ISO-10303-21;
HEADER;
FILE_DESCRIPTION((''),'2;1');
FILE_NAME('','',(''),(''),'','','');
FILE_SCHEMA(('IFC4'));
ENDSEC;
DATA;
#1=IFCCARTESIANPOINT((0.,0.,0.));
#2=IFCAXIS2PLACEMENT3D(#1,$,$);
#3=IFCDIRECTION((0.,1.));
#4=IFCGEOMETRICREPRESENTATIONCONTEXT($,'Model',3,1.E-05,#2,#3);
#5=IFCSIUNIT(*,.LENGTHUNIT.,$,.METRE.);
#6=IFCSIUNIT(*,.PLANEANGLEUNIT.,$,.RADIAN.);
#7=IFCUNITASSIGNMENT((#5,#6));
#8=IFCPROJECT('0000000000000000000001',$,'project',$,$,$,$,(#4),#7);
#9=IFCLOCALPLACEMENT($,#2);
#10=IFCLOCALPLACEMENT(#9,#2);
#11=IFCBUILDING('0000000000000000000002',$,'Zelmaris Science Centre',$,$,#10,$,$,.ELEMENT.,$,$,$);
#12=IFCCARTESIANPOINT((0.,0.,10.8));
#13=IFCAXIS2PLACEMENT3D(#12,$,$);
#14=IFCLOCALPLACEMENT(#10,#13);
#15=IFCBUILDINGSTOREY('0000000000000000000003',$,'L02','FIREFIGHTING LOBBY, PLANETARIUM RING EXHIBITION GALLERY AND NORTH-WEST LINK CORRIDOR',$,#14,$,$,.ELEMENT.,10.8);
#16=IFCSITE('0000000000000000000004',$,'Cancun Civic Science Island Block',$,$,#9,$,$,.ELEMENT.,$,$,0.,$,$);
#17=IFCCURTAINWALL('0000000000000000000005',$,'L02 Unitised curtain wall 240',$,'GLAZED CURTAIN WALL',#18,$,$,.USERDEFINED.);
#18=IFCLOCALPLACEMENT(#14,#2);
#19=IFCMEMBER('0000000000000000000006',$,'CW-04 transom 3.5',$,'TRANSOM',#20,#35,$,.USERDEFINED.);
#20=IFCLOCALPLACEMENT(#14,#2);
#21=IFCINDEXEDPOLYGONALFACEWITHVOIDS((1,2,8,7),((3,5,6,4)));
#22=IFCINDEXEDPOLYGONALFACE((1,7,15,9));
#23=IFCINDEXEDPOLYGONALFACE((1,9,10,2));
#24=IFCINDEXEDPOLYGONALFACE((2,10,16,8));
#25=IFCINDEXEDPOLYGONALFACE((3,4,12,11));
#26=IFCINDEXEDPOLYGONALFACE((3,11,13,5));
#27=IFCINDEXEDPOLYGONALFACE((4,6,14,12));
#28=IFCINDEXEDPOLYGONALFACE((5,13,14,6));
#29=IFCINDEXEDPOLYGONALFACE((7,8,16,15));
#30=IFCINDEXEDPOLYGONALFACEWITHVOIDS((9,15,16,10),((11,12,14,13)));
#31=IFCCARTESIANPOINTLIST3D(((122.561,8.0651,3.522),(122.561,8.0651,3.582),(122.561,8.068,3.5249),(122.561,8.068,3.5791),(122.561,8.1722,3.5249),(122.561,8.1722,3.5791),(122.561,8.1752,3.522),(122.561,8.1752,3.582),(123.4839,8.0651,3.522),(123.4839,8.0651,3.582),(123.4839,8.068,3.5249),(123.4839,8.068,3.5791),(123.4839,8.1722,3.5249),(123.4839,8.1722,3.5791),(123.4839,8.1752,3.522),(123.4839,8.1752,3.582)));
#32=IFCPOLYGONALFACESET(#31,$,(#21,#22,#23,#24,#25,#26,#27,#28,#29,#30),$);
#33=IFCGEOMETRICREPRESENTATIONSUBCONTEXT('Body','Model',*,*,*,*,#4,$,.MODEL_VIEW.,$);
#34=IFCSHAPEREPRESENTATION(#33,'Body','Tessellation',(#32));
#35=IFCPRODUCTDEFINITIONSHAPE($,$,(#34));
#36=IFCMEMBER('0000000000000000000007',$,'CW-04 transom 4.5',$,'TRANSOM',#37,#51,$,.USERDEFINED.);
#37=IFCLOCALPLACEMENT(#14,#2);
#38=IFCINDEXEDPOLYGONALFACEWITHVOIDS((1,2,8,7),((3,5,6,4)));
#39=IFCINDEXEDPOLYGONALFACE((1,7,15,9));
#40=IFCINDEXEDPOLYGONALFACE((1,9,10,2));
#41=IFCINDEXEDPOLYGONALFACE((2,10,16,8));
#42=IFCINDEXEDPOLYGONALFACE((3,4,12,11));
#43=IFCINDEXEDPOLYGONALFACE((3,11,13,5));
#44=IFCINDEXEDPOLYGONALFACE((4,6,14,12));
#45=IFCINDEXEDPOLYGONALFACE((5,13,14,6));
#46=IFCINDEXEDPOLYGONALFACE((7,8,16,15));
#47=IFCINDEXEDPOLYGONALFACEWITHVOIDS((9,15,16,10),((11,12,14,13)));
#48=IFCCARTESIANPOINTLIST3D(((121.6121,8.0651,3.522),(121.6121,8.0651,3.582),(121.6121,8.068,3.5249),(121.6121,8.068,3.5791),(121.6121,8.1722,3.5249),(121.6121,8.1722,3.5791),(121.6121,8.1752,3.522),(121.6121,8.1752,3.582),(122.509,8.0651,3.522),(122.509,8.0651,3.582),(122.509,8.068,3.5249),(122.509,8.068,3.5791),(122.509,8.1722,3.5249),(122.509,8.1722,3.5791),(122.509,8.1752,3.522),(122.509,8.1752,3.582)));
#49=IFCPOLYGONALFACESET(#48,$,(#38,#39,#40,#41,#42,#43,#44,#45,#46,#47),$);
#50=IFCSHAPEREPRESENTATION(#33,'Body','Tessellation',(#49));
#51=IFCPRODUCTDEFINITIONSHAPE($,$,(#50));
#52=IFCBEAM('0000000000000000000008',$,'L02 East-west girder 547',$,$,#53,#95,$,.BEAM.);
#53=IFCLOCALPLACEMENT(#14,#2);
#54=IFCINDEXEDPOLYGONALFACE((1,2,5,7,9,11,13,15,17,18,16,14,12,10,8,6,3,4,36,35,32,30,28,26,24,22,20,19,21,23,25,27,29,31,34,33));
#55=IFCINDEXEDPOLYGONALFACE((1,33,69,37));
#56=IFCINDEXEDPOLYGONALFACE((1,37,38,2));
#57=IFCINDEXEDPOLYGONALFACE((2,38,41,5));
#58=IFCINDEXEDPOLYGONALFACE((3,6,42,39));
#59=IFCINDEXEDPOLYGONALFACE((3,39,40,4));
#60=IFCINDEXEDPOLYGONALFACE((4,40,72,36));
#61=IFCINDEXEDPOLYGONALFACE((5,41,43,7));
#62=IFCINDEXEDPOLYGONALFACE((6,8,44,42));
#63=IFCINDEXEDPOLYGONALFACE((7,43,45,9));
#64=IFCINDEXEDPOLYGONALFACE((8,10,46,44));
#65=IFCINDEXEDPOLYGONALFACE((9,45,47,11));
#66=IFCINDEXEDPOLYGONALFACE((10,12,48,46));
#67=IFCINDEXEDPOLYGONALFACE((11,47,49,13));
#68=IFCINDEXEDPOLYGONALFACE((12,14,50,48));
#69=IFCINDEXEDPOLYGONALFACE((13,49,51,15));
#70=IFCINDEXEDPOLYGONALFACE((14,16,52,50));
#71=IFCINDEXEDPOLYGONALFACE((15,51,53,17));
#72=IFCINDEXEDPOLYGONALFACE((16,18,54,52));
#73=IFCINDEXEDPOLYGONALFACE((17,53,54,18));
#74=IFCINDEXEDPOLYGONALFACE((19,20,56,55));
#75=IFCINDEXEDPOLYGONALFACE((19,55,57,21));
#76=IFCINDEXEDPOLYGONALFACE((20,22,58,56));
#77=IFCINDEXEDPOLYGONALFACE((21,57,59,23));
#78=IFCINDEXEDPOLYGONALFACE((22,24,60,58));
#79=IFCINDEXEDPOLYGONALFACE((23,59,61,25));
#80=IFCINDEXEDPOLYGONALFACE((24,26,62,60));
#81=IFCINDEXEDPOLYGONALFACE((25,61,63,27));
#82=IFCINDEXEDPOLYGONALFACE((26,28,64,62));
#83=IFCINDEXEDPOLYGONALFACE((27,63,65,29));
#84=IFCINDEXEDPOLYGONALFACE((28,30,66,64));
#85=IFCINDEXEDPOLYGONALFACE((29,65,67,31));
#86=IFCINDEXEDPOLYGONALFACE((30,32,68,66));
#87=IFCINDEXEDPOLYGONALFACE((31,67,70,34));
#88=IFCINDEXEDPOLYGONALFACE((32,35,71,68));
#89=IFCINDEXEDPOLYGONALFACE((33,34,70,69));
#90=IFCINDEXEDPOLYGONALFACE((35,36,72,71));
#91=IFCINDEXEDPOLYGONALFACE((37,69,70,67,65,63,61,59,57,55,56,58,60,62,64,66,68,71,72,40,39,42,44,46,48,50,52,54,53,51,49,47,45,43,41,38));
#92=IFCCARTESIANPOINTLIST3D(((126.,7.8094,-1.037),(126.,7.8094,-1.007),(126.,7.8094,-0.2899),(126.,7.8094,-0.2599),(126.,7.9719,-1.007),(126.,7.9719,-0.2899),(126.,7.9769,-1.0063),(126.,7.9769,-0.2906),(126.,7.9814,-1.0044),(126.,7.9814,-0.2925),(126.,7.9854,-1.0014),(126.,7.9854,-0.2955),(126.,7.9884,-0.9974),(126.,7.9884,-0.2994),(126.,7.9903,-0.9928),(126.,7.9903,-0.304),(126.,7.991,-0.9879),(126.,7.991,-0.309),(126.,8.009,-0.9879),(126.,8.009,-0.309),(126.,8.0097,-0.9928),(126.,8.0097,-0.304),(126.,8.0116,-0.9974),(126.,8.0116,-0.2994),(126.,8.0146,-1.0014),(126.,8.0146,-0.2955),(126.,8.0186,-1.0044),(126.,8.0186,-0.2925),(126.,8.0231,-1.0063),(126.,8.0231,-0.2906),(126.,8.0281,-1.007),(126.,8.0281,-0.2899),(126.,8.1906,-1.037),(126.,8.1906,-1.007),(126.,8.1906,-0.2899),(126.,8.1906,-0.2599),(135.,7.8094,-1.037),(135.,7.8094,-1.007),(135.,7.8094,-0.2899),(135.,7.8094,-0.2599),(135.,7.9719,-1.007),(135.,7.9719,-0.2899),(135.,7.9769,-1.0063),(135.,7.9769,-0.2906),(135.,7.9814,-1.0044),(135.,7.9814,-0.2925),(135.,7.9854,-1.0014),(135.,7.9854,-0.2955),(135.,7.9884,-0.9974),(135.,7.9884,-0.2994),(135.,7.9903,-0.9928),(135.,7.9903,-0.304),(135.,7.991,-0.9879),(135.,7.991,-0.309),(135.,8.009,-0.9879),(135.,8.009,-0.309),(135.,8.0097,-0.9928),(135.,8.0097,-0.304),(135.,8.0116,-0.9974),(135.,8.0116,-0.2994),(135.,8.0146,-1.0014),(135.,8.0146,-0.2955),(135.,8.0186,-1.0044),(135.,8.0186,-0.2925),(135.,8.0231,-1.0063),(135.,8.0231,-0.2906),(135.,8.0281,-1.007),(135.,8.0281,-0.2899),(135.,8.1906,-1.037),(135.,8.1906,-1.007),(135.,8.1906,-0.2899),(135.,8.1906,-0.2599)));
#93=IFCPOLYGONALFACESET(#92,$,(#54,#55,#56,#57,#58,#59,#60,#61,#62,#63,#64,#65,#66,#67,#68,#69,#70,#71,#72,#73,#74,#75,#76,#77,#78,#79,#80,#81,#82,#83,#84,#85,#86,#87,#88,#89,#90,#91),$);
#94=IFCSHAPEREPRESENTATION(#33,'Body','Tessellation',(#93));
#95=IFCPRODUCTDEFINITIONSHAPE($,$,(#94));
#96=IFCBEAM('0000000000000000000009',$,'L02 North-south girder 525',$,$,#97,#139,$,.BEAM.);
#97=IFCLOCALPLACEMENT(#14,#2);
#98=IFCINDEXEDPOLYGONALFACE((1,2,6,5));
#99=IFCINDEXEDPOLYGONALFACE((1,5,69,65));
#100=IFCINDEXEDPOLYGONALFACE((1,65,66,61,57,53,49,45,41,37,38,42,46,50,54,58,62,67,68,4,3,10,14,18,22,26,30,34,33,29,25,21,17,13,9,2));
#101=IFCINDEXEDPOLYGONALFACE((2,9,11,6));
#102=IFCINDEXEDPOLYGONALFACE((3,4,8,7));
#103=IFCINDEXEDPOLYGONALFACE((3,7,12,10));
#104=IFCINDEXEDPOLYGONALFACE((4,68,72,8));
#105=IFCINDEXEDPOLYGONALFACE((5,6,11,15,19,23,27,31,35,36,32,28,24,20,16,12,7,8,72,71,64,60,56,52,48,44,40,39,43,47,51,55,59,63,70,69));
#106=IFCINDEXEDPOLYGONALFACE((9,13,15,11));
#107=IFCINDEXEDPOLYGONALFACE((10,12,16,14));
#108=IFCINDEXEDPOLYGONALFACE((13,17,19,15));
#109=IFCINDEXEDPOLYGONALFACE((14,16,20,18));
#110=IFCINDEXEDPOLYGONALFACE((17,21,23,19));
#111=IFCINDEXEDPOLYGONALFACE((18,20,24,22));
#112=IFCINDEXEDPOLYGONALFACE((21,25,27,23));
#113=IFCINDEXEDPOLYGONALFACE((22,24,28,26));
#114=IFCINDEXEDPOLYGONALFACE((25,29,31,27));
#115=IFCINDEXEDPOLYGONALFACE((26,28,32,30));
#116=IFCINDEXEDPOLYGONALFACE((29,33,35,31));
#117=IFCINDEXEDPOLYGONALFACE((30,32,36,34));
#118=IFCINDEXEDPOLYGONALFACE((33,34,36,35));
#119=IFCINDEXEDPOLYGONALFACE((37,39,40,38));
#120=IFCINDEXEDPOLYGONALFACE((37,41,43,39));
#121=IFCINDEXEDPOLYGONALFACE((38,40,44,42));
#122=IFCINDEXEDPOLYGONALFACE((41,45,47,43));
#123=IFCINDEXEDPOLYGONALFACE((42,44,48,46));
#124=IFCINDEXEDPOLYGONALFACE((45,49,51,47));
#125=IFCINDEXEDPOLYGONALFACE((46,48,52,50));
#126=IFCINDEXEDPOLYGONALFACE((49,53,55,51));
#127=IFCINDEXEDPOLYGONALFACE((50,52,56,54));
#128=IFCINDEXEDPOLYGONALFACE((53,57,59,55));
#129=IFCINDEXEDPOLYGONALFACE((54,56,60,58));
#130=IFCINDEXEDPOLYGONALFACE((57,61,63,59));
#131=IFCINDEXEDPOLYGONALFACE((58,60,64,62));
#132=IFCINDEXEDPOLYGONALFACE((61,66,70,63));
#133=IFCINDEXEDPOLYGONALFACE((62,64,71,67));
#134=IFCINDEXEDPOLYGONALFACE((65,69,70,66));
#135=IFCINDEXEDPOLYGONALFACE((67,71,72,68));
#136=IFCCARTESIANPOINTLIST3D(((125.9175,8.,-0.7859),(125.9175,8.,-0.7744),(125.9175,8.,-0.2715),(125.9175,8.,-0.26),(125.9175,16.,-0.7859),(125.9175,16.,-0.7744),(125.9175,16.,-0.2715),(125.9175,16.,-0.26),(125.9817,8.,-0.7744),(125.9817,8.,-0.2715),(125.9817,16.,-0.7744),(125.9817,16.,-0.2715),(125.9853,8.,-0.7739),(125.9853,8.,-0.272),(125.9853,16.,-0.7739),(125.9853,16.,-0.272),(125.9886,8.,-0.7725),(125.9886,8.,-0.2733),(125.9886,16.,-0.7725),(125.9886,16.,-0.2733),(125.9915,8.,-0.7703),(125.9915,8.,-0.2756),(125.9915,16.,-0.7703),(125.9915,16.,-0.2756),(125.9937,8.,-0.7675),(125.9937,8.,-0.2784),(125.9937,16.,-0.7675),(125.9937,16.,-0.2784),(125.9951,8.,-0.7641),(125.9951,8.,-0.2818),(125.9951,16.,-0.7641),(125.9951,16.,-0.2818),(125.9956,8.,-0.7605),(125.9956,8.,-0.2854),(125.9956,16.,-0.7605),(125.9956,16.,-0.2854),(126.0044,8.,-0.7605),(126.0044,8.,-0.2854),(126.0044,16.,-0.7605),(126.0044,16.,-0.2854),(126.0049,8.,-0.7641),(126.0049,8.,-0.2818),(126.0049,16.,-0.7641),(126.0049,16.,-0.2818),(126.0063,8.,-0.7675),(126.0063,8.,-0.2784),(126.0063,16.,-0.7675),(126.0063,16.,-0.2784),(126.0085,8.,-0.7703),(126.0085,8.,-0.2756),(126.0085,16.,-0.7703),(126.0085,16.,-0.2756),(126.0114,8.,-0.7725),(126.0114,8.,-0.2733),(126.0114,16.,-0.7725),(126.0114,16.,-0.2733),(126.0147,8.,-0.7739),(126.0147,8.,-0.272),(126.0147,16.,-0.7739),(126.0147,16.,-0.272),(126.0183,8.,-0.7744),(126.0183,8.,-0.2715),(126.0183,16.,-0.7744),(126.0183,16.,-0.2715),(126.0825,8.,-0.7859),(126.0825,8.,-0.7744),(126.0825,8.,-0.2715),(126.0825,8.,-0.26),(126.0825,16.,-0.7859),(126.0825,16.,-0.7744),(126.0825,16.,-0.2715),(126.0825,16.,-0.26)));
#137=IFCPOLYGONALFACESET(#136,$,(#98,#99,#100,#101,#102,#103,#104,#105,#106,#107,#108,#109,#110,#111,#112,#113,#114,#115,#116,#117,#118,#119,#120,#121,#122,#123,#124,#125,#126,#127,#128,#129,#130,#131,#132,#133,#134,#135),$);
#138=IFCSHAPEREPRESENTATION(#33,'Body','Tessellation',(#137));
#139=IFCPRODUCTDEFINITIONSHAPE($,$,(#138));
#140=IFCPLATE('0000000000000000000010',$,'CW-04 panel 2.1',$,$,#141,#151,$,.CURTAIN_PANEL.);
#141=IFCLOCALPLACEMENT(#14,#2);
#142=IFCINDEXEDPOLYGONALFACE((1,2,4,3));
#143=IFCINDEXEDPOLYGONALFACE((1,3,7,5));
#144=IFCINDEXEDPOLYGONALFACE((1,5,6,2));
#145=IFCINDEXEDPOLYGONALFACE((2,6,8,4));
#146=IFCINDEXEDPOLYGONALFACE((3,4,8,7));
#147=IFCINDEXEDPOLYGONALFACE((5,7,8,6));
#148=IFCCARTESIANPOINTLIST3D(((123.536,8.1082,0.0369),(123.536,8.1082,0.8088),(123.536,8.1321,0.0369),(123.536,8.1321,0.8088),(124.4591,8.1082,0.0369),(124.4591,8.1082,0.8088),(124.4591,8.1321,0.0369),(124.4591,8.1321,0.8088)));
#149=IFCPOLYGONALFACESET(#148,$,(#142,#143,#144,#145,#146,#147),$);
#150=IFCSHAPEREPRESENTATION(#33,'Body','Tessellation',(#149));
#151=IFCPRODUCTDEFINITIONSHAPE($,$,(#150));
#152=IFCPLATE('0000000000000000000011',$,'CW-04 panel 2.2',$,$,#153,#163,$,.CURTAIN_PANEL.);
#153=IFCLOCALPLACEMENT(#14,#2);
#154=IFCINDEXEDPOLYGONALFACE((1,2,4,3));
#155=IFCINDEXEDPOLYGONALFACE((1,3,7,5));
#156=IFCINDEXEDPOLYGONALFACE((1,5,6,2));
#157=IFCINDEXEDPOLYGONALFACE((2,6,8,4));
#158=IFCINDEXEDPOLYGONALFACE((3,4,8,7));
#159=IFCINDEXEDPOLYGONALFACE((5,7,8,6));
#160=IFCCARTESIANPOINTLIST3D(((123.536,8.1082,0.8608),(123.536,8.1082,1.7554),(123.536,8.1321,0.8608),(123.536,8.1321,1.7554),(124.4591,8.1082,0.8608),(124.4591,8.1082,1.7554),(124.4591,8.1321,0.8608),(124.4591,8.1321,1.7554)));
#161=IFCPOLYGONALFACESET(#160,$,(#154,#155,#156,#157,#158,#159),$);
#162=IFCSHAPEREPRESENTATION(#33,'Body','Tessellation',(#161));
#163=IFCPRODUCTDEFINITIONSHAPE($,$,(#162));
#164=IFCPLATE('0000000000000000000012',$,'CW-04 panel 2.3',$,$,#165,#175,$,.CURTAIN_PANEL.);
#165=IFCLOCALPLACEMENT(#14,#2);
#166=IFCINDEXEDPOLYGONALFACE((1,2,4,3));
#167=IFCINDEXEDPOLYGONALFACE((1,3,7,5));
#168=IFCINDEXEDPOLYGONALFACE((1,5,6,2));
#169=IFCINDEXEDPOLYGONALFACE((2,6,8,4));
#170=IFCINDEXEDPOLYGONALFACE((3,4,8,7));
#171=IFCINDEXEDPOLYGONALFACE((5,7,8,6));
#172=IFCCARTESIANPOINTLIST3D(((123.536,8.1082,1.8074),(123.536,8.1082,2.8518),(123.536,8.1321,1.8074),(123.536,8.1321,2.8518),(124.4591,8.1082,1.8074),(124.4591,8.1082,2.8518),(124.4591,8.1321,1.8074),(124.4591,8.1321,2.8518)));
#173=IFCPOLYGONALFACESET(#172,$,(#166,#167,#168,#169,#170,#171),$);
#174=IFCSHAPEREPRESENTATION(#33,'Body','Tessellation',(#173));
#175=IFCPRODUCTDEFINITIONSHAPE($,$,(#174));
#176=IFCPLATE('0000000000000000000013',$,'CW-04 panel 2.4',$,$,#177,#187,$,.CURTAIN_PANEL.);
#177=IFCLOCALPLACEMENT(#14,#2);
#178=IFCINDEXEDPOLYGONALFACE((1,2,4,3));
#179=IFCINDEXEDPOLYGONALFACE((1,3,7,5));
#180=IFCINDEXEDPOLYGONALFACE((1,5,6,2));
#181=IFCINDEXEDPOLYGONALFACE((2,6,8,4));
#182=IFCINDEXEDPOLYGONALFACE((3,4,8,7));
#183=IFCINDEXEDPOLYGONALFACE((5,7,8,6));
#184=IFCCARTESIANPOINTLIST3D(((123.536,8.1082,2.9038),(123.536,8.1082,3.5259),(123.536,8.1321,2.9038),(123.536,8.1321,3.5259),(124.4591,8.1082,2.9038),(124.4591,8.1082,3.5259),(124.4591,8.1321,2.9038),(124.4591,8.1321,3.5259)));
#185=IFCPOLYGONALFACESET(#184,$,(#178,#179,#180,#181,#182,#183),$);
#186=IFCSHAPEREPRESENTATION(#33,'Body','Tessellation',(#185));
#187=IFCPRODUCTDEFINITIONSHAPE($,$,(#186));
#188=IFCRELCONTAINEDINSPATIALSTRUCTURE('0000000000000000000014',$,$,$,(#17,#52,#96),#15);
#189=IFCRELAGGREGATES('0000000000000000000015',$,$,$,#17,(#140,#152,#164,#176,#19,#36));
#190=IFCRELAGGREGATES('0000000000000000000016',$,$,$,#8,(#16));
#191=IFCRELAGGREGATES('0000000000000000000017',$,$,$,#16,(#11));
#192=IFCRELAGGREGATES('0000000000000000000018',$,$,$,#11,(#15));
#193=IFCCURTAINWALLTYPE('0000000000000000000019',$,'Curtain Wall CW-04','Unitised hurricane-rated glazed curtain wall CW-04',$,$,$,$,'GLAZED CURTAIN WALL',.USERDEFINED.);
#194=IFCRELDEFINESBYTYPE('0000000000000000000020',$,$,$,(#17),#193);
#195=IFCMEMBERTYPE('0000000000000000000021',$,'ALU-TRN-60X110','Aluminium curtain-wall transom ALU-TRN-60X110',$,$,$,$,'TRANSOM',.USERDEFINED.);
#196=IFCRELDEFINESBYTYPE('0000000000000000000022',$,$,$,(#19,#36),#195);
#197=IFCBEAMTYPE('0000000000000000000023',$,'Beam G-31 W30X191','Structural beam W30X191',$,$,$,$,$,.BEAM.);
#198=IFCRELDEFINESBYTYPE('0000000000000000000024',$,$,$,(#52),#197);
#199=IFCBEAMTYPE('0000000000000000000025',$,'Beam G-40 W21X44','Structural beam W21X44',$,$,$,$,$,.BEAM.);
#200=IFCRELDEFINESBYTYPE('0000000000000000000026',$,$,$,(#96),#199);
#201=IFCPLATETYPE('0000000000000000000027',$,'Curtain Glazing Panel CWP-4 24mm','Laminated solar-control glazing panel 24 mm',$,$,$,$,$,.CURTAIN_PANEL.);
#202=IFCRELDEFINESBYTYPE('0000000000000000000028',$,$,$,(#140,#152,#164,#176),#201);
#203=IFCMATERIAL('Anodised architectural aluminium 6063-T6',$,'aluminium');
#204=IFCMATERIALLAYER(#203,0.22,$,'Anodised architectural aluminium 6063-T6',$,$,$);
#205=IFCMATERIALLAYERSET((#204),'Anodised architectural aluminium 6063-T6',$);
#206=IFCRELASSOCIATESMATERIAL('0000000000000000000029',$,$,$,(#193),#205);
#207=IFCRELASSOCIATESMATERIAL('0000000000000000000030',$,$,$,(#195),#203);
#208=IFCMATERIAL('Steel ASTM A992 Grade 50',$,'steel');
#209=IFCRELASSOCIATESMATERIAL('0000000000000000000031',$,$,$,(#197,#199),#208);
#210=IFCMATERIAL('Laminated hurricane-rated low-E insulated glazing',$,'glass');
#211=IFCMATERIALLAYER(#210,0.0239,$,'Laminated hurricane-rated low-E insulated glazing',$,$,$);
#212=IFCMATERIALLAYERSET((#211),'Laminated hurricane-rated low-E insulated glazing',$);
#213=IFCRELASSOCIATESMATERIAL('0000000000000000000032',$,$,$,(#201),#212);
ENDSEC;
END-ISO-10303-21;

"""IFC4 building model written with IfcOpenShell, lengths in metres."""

from ifc_helpers import new_model, si_unit, direction, frame, origin, origin_2d, place, context, subcontext, project, spatial, rectangle, hollow_rectangle, i_section, extrude, material, layer, layer_set, material_profile, profile_set, type_object, element, aggregate, save


model = new_model("IFC4")

# Units and contexts
model_context = context("Model", 3, precision=1e-05, world=origin(), true_north=direction((0.0, 1.0)))
body_context = subcontext(model_context, "Body", "Model", "MODEL_VIEW")
ifc_project = project(units=[si_unit("LENGTHUNIT", "METRE"), si_unit("PLANEANGLEUNIT", "RADIAN")], contexts=[model_context])

# Site, building, storey
site_placement = place(None, origin())
site = spatial("IfcSite", under=ifc_project, at=site_placement, Name="Cancun Civic Science Island Block", CompositionType="ELEMENT", RefElevation=0.0)
building_placement = place(site_placement, origin())
building = spatial("IfcBuilding", under=site, at=building_placement, Name="Zelmaris Science Centre", CompositionType="ELEMENT")
storey_placement = place(building_placement, frame((0.0, 0.0, 10.8)))
storey = spatial("IfcBuildingStorey", under=building, at=storey_placement, Name="L02", Description="FIREFIGHTING LOBBY, PLANETARIUM RING EXHIBITION GALLERY AND NORTH-WEST LINK CORRIDOR", CompositionType="ELEMENT", Elevation=10.8)

# Curtain wall, members
ifc_material_1 = material(Name="Anodised architectural aluminium 6063-T6", Category="aluminium")
ifc_layer_1 = layer(ifc_material_1, 0.22, Name="Anodised architectural aluminium 6063-T6")
ifc_layer_set_1 = layer_set([ifc_layer_1], Name="Anodised architectural aluminium 6063-T6")
curtain_wall_type = type_object("IfcCurtainWallType", Name="Curtain Wall CW-04", Description="Unitised hurricane-rated glazed curtain wall CW-04", ElementType="GLAZED CURTAIN WALL", PredefinedType="USERDEFINED", material=ifc_layer_set_1)
curtain_wall_placement = place(storey_placement, origin())
curtain_wall = element("IfcCurtainWall", 1, at=curtain_wall_placement, inside=storey, type_object=curtain_wall_type, Name="L02 Unitised curtain wall 240", ObjectType="GLAZED CURTAIN WALL", PredefinedType="USERDEFINED")
ifc_material_profile_1 = material_profile(ifc_material_1, hollow_rectangle(XDim=0.0601, YDim=0.1101, WallThickness=0.0029, at=origin_2d()), Name="ALU-TRN-60X110")
ifc_profile_set_1 = profile_set([ifc_material_profile_1], Name="Anodised architectural aluminium 6063-T6")
member_type_1 = type_object("IfcMemberType", Name="ALU-TRN-60X110", Description="Aluminium curtain-wall transom ALU-TRN-60X110", ElementType="TRANSOM", PredefinedType="USERDEFINED", material=ifc_profile_set_1)
member_1_placement = place(storey_placement, frame((123.4839, 8.1201, 3.552), z_axis=(-1.0, 0.0, 0.0), x_axis=(0.0, 0.0, 1.0)))
member_1 = element("IfcMember", 2, at=member_1_placement, type_object=member_type_1, Name="CW-04 transom 3.5", ObjectType="TRANSOM", PredefinedType="USERDEFINED", context=body_context, shape_type="SweptSolid", body=[
    extrude(hollow_rectangle(XDim=0.0601, YDim=0.1101, WallThickness=0.0029, at=origin_2d()), origin(), (0.0, 0.0, 1.0), 0.9229),
])
member_2_placement = place(storey_placement, frame((122.509, 8.1201, 3.552), z_axis=(-1.0, 0.0, 0.0), x_axis=(0.0, 0.0, 1.0)))
member_2 = element("IfcMember", 3, at=member_2_placement, type_object=member_type_1, Name="CW-04 transom 4.5", ObjectType="TRANSOM", PredefinedType="USERDEFINED", context=body_context, shape_type="SweptSolid", body=[
    extrude(hollow_rectangle(XDim=0.0601, YDim=0.1101, WallThickness=0.0029, at=origin_2d()), origin(), (0.0, 0.0, 1.0), 0.897),
])

# Beams
ifc_material_2 = material(Name="Steel ASTM A992 Grade 50", Category="steel")
ifc_material_profile_2 = material_profile(ifc_material_2, i_section(OverallWidth=0.3811, OverallDepth=0.7771, WebThickness=0.0181, FlangeThickness=0.03, FilletRadius=0.019, at=origin_2d()), Name="W30X191")
ifc_profile_set_2 = profile_set([ifc_material_profile_2], Name="Steel ASTM A992 Grade 50")
beam_type_1 = type_object("IfcBeamType", Name="Beam G-31 W30X191", Description="Structural beam W30X191", PredefinedType="BEAM", material=ifc_profile_set_2)
beam_1_placement = place(storey_placement, frame((126.0, 8.0, -0.6484), z_axis=(1.0, 0.0, 0.0), x_axis=(0.0, 1.0, 0.0)))
element("IfcBeam", 4, at=beam_1_placement, inside=storey, type_object=beam_type_1, Name="L02 East-west girder 547", PredefinedType="BEAM", context=body_context, shape_type="SweptSolid", body=[
    extrude(i_section(OverallWidth=0.3811, OverallDepth=0.7771, WebThickness=0.0181, FlangeThickness=0.03, FilletRadius=0.019, at=origin_2d()), origin(), (0.0, 0.0, 1.0), 9.0),
])
ifc_material_profile_3 = material_profile(ifc_material_2, i_section(OverallWidth=0.165, OverallDepth=0.5259, WebThickness=0.0088, FlangeThickness=0.0115, FilletRadius=0.0139, at=origin_2d()), Name="W21X44")
ifc_profile_set_3 = profile_set([ifc_material_profile_3], Name="Steel ASTM A992 Grade 50")
beam_type_2 = type_object("IfcBeamType", Name="Beam G-40 W21X44", Description="Structural beam W21X44", PredefinedType="BEAM", material=ifc_profile_set_3)
beam_2_placement = place(storey_placement, frame((126.0, 8.0, -0.5229), z_axis=(0.0, 1.0, 0.0), x_axis=(-1.0, 0.0, 0.0)))
element("IfcBeam", 5, at=beam_2_placement, inside=storey, type_object=beam_type_2, Name="L02 North-south girder 525", PredefinedType="BEAM", context=body_context, shape_type="SweptSolid", body=[
    extrude(i_section(OverallWidth=0.165, OverallDepth=0.5259, WebThickness=0.0088, FlangeThickness=0.0115, FilletRadius=0.0139, at=origin_2d()), origin(), (0.0, 0.0, 1.0), 8.0),
])

# Plates
ifc_material_3 = material(Name="Laminated hurricane-rated low-E insulated glazing", Category="glass")
ifc_layer_2 = layer(ifc_material_3, 0.0239, Name="Laminated hurricane-rated low-E insulated glazing")
ifc_layer_set_2 = layer_set([ifc_layer_2], Name="Laminated hurricane-rated low-E insulated glazing")
plate_type = type_object("IfcPlateType", Name="Curtain Glazing Panel CWP-4 24mm", Description="Laminated solar-control glazing panel 24 mm", PredefinedType="CURTAIN_PANEL", material=ifc_layer_set_2)
plate_1_placement = place(storey_placement, frame((123.9976, 8.1201, 0.0369), z_axis=(0.0, 0.0, 1.0), x_axis=(-1.0, 0.0, 0.0)))
plate_1 = element("IfcPlate", 6, at=plate_1_placement, type_object=plate_type, Name="CW-04 panel 2.1", PredefinedType="CURTAIN_PANEL", context=body_context, shape_type="SweptSolid", body=[
    extrude(rectangle(XDim=0.9231, YDim=0.0239, at=origin_2d()), origin(), (0.0, 0.0, 1.0), 0.772),
])
plate_2_placement = place(storey_placement, frame((123.9976, 8.1201, 0.8608), z_axis=(0.0, 0.0, 1.0), x_axis=(-1.0, 0.0, 0.0)))
plate_2 = element("IfcPlate", 7, at=plate_2_placement, type_object=plate_type, Name="CW-04 panel 2.2", PredefinedType="CURTAIN_PANEL", context=body_context, shape_type="SweptSolid", body=[
    extrude(rectangle(XDim=0.9231, YDim=0.0239, at=origin_2d()), origin(), (0.0, 0.0, 1.0), 0.8945),
])
plate_3_placement = place(storey_placement, frame((123.9976, 8.1201, 1.8074), z_axis=(0.0, 0.0, 1.0), x_axis=(-1.0, 0.0, 0.0)))
plate_3 = element("IfcPlate", 8, at=plate_3_placement, type_object=plate_type, Name="CW-04 panel 2.3", PredefinedType="CURTAIN_PANEL", context=body_context, shape_type="SweptSolid", body=[
    extrude(rectangle(XDim=0.9231, YDim=0.0239, at=origin_2d()), origin(), (0.0, 0.0, 1.0), 1.0444),
])
plate_4_placement = place(storey_placement, frame((123.9976, 8.1201, 2.9038), z_axis=(0.0, 0.0, 1.0), x_axis=(-1.0, 0.0, 0.0)))
plate_4 = element("IfcPlate", 9, at=plate_4_placement, type_object=plate_type, Name="CW-04 panel 2.4", PredefinedType="CURTAIN_PANEL", context=body_context, shape_type="SweptSolid", body=[
    extrude(rectangle(XDim=0.9231, YDim=0.0239, at=origin_2d()), origin(), (0.0, 0.0, 1.0), 0.6221),
])
aggregate(curtain_wall, [plate_1, plate_2, plate_3, plate_4, member_1, member_2])

save(model, "model.ifc")
